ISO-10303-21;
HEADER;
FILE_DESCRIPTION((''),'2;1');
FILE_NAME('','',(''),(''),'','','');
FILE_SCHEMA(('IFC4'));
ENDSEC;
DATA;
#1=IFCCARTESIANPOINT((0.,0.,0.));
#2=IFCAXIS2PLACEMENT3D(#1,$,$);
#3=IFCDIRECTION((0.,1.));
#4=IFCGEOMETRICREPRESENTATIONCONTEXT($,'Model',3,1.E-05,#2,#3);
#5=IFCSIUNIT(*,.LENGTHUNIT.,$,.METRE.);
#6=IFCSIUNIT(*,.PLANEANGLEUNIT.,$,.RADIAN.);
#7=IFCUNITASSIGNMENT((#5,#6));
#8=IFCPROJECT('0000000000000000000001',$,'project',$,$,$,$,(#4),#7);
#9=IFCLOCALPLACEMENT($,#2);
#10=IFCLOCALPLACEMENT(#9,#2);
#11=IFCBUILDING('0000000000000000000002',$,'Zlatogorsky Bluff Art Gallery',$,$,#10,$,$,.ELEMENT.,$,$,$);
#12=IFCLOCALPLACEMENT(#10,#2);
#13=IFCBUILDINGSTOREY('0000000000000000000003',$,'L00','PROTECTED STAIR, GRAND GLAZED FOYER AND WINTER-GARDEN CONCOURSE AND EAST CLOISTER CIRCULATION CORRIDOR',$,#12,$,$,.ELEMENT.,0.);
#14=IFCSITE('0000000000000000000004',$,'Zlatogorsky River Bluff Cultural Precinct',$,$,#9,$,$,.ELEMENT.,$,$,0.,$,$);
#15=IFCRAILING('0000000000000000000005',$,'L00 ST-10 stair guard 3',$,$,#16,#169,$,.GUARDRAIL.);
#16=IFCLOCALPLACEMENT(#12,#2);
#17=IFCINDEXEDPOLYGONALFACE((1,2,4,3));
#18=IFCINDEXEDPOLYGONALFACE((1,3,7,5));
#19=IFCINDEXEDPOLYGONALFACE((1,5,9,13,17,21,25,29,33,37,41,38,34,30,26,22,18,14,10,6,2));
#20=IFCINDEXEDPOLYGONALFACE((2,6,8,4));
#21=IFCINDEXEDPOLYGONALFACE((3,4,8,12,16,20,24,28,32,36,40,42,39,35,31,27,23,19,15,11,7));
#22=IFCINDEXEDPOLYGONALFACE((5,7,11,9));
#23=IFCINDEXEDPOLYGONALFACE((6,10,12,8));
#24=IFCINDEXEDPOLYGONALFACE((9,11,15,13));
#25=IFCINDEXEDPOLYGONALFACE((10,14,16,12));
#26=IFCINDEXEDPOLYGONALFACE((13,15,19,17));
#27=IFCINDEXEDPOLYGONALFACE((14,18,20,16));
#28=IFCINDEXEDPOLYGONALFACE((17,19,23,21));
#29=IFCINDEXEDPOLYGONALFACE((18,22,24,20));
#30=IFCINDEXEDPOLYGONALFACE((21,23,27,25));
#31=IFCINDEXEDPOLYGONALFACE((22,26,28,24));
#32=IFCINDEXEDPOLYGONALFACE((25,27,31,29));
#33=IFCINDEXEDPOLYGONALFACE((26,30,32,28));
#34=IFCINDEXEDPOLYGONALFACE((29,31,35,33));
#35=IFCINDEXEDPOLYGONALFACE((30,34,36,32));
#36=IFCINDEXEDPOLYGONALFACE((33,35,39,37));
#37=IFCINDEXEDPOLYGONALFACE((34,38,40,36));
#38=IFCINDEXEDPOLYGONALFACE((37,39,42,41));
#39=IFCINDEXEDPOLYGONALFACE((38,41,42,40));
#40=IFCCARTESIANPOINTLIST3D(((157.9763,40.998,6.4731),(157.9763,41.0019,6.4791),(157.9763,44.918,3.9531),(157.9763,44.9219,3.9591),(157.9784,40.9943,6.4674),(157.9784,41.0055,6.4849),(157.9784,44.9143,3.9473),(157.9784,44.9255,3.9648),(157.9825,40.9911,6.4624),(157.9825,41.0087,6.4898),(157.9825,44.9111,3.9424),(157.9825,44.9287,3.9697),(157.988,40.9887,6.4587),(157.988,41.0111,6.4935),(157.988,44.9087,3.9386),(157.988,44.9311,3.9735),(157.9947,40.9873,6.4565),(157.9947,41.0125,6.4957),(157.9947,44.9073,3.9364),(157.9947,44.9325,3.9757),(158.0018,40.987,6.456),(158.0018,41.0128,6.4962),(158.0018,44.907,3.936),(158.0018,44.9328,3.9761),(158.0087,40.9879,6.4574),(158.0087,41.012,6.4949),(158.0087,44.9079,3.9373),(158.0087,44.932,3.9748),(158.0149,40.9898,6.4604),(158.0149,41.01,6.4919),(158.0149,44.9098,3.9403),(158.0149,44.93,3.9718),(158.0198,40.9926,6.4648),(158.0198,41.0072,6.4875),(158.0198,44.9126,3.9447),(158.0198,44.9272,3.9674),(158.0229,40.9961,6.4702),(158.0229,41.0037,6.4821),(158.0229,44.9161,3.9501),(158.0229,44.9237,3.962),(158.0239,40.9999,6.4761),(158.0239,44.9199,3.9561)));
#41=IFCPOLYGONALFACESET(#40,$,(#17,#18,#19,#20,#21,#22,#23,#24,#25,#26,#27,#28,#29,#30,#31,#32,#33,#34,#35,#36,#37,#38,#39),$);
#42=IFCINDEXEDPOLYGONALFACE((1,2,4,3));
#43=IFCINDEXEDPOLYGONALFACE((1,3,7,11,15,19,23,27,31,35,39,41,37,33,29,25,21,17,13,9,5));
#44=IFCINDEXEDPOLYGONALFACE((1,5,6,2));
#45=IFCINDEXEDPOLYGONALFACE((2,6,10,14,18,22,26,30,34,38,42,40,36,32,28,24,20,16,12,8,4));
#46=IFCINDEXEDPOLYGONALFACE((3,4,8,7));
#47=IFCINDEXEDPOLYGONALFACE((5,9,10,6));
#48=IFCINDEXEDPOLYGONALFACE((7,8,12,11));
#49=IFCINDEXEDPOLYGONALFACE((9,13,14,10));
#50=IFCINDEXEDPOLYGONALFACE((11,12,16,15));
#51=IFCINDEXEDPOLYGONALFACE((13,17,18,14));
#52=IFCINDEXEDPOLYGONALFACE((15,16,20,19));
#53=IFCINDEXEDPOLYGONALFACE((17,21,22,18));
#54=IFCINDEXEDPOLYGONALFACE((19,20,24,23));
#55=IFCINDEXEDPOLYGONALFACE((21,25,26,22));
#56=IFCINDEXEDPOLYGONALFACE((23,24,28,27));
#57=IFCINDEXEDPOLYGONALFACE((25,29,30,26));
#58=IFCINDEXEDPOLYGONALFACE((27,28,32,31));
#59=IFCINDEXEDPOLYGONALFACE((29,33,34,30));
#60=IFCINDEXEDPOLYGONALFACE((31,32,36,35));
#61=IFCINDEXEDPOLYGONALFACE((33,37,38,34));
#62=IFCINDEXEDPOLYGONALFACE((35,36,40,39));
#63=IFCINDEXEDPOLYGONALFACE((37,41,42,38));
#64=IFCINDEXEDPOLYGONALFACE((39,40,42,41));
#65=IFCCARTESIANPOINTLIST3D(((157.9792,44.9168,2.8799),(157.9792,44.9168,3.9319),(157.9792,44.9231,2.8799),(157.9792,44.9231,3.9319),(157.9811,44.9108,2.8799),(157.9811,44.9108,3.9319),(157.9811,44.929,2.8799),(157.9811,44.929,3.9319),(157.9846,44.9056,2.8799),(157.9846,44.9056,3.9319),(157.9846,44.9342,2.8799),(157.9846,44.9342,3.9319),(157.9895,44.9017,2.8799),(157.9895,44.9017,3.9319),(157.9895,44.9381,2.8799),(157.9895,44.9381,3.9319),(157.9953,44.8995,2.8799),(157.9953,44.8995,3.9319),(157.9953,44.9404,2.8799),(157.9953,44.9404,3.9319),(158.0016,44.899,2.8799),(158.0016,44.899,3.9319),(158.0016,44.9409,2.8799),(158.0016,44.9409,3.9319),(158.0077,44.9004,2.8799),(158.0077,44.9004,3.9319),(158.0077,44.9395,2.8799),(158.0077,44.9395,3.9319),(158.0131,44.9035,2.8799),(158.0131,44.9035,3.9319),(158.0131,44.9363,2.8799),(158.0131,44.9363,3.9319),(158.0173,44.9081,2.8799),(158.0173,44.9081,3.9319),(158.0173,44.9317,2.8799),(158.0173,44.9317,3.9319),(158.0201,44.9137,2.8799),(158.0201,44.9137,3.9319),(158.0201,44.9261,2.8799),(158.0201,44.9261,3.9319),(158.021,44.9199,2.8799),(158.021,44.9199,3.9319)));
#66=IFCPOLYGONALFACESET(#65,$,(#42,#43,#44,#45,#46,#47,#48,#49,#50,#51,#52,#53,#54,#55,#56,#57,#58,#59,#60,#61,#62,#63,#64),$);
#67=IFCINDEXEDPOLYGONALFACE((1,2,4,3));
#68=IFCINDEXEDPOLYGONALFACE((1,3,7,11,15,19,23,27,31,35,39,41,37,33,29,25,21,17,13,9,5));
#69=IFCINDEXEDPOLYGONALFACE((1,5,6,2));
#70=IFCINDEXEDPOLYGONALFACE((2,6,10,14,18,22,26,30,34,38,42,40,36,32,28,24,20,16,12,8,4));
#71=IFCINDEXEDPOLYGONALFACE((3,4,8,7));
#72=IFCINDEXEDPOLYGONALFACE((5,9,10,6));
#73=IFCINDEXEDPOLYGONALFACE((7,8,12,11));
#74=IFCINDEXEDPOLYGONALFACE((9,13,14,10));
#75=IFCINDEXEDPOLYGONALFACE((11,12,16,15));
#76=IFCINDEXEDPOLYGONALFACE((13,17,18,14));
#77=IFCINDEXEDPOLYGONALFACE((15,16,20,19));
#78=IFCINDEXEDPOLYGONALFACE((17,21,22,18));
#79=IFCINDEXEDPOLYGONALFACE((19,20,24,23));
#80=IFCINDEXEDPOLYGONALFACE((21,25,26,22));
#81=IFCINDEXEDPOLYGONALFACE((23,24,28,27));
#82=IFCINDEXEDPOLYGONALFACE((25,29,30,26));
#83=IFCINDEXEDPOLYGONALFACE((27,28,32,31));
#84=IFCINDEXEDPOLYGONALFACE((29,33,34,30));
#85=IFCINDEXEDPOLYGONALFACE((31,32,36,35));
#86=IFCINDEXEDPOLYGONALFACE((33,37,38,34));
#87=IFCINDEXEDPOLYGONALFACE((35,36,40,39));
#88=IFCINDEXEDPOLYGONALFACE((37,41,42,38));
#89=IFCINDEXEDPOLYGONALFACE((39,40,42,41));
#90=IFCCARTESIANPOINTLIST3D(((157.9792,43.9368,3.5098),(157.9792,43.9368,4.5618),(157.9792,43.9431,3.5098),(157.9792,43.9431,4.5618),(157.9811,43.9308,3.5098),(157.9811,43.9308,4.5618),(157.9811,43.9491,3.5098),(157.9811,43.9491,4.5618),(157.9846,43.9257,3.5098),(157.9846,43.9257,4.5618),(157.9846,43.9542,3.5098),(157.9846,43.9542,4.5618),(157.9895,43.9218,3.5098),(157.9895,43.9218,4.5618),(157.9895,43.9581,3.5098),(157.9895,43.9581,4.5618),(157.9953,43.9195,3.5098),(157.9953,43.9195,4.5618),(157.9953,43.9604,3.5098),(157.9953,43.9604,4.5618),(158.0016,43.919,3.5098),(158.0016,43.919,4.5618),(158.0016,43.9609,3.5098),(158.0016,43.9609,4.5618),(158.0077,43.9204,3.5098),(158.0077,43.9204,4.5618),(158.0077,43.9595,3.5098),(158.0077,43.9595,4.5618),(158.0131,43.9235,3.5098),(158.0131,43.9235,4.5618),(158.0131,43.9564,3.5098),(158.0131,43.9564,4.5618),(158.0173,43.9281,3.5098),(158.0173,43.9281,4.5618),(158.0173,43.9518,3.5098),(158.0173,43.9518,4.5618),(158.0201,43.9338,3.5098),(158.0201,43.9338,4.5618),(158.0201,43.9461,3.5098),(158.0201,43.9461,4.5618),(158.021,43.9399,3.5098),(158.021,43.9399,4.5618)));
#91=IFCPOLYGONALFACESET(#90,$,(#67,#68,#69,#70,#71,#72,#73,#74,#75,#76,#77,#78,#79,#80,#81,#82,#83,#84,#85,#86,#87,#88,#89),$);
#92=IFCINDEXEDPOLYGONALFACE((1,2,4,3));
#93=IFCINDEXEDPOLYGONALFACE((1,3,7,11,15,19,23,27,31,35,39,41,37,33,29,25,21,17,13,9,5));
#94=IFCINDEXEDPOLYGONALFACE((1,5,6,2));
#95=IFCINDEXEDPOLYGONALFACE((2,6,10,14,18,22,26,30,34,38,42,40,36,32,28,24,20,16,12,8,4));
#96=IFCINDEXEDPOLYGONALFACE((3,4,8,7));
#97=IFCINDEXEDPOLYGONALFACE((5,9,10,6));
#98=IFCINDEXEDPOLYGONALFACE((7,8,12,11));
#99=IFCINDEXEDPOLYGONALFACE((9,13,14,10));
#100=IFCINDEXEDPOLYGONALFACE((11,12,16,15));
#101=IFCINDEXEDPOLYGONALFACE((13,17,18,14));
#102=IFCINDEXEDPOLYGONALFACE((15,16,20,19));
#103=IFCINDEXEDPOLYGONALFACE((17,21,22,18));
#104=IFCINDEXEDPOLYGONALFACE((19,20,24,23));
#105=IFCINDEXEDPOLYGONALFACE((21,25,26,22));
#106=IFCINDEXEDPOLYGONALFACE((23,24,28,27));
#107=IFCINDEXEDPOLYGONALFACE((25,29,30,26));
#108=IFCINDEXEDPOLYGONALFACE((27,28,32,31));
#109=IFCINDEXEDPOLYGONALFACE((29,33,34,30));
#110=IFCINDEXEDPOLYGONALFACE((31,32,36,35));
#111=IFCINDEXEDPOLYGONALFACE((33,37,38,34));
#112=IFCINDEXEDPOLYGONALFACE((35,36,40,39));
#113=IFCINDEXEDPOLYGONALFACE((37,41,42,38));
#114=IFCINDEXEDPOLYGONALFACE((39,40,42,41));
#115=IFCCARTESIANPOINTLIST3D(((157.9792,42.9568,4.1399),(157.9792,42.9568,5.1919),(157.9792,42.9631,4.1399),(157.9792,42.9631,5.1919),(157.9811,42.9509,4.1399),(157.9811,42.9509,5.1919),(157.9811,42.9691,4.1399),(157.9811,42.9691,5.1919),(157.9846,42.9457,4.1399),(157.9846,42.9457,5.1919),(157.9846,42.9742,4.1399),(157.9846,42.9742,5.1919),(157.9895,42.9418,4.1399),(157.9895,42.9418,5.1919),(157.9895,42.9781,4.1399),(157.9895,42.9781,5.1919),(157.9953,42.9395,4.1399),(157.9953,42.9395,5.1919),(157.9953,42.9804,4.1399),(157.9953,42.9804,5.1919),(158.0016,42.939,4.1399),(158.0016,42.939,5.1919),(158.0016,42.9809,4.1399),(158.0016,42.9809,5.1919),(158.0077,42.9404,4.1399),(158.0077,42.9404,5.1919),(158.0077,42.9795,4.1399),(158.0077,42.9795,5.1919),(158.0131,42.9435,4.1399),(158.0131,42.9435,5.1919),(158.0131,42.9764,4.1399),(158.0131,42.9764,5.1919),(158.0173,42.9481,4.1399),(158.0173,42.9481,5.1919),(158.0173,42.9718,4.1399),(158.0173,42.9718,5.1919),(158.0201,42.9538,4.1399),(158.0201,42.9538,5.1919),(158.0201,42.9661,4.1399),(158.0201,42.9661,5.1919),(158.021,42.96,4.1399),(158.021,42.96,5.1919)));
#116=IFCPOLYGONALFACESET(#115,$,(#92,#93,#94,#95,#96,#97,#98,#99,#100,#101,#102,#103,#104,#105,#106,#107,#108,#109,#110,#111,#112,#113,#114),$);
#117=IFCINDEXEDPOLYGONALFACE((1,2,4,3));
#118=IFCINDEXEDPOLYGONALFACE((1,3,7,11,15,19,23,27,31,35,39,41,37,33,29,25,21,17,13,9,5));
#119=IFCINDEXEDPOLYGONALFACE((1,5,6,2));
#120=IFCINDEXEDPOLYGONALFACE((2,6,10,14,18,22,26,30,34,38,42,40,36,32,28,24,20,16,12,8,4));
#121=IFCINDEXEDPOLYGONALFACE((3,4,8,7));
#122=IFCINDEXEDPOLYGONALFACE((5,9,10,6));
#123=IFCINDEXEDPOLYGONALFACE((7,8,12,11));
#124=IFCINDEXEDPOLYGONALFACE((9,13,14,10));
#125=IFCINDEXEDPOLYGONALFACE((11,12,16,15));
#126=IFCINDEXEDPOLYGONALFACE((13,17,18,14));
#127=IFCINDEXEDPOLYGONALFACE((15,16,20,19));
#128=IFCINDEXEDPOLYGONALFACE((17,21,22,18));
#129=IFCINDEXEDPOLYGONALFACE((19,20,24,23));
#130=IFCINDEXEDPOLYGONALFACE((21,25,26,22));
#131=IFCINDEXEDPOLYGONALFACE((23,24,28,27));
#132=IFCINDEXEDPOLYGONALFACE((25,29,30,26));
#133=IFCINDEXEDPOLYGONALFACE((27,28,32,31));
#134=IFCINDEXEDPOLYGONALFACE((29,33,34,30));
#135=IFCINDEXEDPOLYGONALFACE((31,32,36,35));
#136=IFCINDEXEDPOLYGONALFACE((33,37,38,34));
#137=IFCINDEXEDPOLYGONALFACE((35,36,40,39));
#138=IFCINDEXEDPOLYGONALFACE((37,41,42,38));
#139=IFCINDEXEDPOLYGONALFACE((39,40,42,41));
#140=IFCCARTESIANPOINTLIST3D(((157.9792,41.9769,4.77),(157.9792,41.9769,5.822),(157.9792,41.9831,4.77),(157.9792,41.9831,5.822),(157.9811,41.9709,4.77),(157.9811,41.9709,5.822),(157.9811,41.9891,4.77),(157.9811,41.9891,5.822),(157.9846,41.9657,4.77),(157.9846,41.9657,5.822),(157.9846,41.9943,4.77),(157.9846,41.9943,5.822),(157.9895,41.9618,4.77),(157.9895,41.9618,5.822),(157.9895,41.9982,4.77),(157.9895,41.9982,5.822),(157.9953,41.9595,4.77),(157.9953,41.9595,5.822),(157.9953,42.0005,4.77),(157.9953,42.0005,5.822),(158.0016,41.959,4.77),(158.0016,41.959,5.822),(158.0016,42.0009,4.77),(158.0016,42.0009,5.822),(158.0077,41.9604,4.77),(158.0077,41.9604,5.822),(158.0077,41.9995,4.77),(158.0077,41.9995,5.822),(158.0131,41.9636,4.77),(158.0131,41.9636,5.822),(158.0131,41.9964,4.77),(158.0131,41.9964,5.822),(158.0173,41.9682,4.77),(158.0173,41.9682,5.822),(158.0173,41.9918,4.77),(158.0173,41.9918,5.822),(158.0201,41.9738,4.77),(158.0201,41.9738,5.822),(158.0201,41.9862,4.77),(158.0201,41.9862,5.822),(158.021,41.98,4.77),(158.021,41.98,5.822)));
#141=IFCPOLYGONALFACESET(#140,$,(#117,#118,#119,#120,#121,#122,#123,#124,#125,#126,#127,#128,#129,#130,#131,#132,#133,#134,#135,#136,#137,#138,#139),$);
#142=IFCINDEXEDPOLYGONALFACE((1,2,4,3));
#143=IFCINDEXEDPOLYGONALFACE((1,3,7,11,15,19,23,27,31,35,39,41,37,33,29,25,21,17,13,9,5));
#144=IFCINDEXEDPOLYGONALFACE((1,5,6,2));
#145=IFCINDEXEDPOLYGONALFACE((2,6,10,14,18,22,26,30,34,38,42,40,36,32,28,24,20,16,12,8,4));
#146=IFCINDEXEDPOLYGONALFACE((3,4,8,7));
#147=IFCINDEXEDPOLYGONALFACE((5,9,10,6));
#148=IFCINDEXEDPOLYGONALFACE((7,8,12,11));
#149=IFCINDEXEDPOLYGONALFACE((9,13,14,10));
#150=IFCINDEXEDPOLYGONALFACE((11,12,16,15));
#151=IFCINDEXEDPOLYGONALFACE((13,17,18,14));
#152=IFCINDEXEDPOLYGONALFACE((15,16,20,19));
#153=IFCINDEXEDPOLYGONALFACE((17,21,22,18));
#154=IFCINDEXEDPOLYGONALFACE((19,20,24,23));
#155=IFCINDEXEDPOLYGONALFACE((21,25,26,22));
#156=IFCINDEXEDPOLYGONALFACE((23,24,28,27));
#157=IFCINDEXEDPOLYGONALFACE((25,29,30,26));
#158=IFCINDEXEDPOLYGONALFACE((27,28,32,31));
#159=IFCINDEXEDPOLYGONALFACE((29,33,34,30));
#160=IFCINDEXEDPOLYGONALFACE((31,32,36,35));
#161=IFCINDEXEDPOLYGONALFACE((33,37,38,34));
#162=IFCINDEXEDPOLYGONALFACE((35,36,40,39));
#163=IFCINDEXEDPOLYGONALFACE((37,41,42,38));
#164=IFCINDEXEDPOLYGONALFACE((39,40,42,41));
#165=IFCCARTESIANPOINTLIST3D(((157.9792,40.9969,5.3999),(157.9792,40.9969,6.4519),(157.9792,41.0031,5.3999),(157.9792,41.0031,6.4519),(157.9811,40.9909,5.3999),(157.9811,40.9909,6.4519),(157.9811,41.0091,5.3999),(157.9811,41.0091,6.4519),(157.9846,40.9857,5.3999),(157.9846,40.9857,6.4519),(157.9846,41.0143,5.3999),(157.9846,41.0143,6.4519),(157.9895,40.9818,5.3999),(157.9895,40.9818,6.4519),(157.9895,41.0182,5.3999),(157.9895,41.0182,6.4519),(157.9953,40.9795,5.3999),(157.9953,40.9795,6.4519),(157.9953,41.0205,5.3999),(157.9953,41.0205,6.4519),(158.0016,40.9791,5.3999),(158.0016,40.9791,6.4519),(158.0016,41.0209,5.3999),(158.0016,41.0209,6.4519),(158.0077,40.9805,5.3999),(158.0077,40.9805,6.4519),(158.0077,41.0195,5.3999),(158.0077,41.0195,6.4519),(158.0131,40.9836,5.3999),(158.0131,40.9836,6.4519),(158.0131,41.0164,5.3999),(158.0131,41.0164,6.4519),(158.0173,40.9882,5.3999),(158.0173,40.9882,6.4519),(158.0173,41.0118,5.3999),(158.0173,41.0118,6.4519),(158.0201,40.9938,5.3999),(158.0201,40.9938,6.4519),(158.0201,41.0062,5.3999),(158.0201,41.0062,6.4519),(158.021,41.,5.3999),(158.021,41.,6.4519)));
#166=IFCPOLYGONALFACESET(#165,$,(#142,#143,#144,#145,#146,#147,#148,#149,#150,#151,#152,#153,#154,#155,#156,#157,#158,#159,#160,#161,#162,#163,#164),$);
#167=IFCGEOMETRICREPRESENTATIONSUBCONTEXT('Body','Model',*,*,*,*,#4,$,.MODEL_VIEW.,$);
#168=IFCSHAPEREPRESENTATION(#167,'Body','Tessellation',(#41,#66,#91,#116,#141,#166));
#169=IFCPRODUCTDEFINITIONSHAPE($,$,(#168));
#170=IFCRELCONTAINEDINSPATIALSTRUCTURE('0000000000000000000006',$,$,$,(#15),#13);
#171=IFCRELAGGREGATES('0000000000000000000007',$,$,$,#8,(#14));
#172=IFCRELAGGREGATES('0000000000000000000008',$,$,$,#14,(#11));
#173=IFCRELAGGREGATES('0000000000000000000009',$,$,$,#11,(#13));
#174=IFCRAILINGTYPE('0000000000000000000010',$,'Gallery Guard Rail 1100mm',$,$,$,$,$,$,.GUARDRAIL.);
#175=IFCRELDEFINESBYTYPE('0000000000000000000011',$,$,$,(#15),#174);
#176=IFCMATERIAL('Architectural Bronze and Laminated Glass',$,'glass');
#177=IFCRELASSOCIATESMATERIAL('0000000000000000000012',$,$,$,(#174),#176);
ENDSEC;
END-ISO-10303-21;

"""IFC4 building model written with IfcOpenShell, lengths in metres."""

from ifc_helpers import new_model, si_unit, direction, frame, origin, origin_2d, place, context, subcontext, project, spatial, circle, extrude, material, type_object, element, save


model = new_model("IFC4")

# Units and contexts
model_context = context("Model", 3, precision=1e-05, world=origin(), true_north=direction((0.0, 1.0)))
body_context = subcontext(model_context, "Body", "Model", "MODEL_VIEW")
ifc_project = project(units=[si_unit("LENGTHUNIT", "METRE"), si_unit("PLANEANGLEUNIT", "RADIAN")], contexts=[model_context])

# Site, building, storey
site_placement = place(None, origin())
site = spatial("IfcSite", under=ifc_project, at=site_placement, Name="Zlatogorsky River Bluff Cultural Precinct", CompositionType="ELEMENT", RefElevation=0.0)
building_placement = place(site_placement, origin())
building = spatial("IfcBuilding", under=site, at=building_placement, Name="Zlatogorsky Bluff Art Gallery", CompositionType="ELEMENT")
storey_placement = place(building_placement, origin())
storey = spatial("IfcBuildingStorey", under=building, at=storey_placement, Name="L00", Description="PROTECTED STAIR, GRAND GLAZED FOYER AND WINTER-GARDEN CONCOURSE AND EAST CLOISTER CIRCULATION CORRIDOR", CompositionType="ELEMENT", Elevation=0.0)

# Railing
ifc_material_1 = material(Name="Architectural Bronze and Laminated Glass", Category="glass")
railing_type_1 = type_object("IfcRailingType", Name="Gallery Guard Rail 1100mm", PredefinedType="GUARDRAIL", material=ifc_material_1)
railing_1_placement = place(storey_placement, frame((158.0, 44.9199, 2.8799)))
element("IfcRailing", 1, at=railing_1_placement, inside=storey, type_object=railing_type_1, Name="L00 ST-10 stair guard 3", PredefinedType="GUARDRAIL", context=body_context, shape_type="SweptSolid", body=[
    extrude(circle(Radius=0.0239, at=origin_2d()), frame((0.0, 0.0, 1.0762), z_axis=(0.0, -0.841172, 0.540768), x_axis=(1.0, 0.0, 0.0)), (0.0, 0.0, 1.0), 4.6602),
    extrude(circle(Radius=0.021, at=origin_2d()), origin(), (0.0, 0.0, 1.0), 1.052),
    extrude(circle(Radius=0.021, at=origin_2d()), frame((0.0, -0.98, 0.6299)), (0.0, 0.0, 1.0), 1.052),
    extrude(circle(Radius=0.021, at=origin_2d()), frame((0.0, -1.96, 1.26)), (0.0, 0.0, 1.0), 1.052),
    extrude(circle(Radius=0.021, at=origin_2d()), frame((0.0, -2.9399, 1.8901)), (0.0, 0.0, 1.0), 1.052),
    extrude(circle(Radius=0.021, at=origin_2d()), frame((0.0, -3.9199, 2.52)), (0.0, 0.0, 1.0), 1.052),
])

save(model, "model.ifc")
